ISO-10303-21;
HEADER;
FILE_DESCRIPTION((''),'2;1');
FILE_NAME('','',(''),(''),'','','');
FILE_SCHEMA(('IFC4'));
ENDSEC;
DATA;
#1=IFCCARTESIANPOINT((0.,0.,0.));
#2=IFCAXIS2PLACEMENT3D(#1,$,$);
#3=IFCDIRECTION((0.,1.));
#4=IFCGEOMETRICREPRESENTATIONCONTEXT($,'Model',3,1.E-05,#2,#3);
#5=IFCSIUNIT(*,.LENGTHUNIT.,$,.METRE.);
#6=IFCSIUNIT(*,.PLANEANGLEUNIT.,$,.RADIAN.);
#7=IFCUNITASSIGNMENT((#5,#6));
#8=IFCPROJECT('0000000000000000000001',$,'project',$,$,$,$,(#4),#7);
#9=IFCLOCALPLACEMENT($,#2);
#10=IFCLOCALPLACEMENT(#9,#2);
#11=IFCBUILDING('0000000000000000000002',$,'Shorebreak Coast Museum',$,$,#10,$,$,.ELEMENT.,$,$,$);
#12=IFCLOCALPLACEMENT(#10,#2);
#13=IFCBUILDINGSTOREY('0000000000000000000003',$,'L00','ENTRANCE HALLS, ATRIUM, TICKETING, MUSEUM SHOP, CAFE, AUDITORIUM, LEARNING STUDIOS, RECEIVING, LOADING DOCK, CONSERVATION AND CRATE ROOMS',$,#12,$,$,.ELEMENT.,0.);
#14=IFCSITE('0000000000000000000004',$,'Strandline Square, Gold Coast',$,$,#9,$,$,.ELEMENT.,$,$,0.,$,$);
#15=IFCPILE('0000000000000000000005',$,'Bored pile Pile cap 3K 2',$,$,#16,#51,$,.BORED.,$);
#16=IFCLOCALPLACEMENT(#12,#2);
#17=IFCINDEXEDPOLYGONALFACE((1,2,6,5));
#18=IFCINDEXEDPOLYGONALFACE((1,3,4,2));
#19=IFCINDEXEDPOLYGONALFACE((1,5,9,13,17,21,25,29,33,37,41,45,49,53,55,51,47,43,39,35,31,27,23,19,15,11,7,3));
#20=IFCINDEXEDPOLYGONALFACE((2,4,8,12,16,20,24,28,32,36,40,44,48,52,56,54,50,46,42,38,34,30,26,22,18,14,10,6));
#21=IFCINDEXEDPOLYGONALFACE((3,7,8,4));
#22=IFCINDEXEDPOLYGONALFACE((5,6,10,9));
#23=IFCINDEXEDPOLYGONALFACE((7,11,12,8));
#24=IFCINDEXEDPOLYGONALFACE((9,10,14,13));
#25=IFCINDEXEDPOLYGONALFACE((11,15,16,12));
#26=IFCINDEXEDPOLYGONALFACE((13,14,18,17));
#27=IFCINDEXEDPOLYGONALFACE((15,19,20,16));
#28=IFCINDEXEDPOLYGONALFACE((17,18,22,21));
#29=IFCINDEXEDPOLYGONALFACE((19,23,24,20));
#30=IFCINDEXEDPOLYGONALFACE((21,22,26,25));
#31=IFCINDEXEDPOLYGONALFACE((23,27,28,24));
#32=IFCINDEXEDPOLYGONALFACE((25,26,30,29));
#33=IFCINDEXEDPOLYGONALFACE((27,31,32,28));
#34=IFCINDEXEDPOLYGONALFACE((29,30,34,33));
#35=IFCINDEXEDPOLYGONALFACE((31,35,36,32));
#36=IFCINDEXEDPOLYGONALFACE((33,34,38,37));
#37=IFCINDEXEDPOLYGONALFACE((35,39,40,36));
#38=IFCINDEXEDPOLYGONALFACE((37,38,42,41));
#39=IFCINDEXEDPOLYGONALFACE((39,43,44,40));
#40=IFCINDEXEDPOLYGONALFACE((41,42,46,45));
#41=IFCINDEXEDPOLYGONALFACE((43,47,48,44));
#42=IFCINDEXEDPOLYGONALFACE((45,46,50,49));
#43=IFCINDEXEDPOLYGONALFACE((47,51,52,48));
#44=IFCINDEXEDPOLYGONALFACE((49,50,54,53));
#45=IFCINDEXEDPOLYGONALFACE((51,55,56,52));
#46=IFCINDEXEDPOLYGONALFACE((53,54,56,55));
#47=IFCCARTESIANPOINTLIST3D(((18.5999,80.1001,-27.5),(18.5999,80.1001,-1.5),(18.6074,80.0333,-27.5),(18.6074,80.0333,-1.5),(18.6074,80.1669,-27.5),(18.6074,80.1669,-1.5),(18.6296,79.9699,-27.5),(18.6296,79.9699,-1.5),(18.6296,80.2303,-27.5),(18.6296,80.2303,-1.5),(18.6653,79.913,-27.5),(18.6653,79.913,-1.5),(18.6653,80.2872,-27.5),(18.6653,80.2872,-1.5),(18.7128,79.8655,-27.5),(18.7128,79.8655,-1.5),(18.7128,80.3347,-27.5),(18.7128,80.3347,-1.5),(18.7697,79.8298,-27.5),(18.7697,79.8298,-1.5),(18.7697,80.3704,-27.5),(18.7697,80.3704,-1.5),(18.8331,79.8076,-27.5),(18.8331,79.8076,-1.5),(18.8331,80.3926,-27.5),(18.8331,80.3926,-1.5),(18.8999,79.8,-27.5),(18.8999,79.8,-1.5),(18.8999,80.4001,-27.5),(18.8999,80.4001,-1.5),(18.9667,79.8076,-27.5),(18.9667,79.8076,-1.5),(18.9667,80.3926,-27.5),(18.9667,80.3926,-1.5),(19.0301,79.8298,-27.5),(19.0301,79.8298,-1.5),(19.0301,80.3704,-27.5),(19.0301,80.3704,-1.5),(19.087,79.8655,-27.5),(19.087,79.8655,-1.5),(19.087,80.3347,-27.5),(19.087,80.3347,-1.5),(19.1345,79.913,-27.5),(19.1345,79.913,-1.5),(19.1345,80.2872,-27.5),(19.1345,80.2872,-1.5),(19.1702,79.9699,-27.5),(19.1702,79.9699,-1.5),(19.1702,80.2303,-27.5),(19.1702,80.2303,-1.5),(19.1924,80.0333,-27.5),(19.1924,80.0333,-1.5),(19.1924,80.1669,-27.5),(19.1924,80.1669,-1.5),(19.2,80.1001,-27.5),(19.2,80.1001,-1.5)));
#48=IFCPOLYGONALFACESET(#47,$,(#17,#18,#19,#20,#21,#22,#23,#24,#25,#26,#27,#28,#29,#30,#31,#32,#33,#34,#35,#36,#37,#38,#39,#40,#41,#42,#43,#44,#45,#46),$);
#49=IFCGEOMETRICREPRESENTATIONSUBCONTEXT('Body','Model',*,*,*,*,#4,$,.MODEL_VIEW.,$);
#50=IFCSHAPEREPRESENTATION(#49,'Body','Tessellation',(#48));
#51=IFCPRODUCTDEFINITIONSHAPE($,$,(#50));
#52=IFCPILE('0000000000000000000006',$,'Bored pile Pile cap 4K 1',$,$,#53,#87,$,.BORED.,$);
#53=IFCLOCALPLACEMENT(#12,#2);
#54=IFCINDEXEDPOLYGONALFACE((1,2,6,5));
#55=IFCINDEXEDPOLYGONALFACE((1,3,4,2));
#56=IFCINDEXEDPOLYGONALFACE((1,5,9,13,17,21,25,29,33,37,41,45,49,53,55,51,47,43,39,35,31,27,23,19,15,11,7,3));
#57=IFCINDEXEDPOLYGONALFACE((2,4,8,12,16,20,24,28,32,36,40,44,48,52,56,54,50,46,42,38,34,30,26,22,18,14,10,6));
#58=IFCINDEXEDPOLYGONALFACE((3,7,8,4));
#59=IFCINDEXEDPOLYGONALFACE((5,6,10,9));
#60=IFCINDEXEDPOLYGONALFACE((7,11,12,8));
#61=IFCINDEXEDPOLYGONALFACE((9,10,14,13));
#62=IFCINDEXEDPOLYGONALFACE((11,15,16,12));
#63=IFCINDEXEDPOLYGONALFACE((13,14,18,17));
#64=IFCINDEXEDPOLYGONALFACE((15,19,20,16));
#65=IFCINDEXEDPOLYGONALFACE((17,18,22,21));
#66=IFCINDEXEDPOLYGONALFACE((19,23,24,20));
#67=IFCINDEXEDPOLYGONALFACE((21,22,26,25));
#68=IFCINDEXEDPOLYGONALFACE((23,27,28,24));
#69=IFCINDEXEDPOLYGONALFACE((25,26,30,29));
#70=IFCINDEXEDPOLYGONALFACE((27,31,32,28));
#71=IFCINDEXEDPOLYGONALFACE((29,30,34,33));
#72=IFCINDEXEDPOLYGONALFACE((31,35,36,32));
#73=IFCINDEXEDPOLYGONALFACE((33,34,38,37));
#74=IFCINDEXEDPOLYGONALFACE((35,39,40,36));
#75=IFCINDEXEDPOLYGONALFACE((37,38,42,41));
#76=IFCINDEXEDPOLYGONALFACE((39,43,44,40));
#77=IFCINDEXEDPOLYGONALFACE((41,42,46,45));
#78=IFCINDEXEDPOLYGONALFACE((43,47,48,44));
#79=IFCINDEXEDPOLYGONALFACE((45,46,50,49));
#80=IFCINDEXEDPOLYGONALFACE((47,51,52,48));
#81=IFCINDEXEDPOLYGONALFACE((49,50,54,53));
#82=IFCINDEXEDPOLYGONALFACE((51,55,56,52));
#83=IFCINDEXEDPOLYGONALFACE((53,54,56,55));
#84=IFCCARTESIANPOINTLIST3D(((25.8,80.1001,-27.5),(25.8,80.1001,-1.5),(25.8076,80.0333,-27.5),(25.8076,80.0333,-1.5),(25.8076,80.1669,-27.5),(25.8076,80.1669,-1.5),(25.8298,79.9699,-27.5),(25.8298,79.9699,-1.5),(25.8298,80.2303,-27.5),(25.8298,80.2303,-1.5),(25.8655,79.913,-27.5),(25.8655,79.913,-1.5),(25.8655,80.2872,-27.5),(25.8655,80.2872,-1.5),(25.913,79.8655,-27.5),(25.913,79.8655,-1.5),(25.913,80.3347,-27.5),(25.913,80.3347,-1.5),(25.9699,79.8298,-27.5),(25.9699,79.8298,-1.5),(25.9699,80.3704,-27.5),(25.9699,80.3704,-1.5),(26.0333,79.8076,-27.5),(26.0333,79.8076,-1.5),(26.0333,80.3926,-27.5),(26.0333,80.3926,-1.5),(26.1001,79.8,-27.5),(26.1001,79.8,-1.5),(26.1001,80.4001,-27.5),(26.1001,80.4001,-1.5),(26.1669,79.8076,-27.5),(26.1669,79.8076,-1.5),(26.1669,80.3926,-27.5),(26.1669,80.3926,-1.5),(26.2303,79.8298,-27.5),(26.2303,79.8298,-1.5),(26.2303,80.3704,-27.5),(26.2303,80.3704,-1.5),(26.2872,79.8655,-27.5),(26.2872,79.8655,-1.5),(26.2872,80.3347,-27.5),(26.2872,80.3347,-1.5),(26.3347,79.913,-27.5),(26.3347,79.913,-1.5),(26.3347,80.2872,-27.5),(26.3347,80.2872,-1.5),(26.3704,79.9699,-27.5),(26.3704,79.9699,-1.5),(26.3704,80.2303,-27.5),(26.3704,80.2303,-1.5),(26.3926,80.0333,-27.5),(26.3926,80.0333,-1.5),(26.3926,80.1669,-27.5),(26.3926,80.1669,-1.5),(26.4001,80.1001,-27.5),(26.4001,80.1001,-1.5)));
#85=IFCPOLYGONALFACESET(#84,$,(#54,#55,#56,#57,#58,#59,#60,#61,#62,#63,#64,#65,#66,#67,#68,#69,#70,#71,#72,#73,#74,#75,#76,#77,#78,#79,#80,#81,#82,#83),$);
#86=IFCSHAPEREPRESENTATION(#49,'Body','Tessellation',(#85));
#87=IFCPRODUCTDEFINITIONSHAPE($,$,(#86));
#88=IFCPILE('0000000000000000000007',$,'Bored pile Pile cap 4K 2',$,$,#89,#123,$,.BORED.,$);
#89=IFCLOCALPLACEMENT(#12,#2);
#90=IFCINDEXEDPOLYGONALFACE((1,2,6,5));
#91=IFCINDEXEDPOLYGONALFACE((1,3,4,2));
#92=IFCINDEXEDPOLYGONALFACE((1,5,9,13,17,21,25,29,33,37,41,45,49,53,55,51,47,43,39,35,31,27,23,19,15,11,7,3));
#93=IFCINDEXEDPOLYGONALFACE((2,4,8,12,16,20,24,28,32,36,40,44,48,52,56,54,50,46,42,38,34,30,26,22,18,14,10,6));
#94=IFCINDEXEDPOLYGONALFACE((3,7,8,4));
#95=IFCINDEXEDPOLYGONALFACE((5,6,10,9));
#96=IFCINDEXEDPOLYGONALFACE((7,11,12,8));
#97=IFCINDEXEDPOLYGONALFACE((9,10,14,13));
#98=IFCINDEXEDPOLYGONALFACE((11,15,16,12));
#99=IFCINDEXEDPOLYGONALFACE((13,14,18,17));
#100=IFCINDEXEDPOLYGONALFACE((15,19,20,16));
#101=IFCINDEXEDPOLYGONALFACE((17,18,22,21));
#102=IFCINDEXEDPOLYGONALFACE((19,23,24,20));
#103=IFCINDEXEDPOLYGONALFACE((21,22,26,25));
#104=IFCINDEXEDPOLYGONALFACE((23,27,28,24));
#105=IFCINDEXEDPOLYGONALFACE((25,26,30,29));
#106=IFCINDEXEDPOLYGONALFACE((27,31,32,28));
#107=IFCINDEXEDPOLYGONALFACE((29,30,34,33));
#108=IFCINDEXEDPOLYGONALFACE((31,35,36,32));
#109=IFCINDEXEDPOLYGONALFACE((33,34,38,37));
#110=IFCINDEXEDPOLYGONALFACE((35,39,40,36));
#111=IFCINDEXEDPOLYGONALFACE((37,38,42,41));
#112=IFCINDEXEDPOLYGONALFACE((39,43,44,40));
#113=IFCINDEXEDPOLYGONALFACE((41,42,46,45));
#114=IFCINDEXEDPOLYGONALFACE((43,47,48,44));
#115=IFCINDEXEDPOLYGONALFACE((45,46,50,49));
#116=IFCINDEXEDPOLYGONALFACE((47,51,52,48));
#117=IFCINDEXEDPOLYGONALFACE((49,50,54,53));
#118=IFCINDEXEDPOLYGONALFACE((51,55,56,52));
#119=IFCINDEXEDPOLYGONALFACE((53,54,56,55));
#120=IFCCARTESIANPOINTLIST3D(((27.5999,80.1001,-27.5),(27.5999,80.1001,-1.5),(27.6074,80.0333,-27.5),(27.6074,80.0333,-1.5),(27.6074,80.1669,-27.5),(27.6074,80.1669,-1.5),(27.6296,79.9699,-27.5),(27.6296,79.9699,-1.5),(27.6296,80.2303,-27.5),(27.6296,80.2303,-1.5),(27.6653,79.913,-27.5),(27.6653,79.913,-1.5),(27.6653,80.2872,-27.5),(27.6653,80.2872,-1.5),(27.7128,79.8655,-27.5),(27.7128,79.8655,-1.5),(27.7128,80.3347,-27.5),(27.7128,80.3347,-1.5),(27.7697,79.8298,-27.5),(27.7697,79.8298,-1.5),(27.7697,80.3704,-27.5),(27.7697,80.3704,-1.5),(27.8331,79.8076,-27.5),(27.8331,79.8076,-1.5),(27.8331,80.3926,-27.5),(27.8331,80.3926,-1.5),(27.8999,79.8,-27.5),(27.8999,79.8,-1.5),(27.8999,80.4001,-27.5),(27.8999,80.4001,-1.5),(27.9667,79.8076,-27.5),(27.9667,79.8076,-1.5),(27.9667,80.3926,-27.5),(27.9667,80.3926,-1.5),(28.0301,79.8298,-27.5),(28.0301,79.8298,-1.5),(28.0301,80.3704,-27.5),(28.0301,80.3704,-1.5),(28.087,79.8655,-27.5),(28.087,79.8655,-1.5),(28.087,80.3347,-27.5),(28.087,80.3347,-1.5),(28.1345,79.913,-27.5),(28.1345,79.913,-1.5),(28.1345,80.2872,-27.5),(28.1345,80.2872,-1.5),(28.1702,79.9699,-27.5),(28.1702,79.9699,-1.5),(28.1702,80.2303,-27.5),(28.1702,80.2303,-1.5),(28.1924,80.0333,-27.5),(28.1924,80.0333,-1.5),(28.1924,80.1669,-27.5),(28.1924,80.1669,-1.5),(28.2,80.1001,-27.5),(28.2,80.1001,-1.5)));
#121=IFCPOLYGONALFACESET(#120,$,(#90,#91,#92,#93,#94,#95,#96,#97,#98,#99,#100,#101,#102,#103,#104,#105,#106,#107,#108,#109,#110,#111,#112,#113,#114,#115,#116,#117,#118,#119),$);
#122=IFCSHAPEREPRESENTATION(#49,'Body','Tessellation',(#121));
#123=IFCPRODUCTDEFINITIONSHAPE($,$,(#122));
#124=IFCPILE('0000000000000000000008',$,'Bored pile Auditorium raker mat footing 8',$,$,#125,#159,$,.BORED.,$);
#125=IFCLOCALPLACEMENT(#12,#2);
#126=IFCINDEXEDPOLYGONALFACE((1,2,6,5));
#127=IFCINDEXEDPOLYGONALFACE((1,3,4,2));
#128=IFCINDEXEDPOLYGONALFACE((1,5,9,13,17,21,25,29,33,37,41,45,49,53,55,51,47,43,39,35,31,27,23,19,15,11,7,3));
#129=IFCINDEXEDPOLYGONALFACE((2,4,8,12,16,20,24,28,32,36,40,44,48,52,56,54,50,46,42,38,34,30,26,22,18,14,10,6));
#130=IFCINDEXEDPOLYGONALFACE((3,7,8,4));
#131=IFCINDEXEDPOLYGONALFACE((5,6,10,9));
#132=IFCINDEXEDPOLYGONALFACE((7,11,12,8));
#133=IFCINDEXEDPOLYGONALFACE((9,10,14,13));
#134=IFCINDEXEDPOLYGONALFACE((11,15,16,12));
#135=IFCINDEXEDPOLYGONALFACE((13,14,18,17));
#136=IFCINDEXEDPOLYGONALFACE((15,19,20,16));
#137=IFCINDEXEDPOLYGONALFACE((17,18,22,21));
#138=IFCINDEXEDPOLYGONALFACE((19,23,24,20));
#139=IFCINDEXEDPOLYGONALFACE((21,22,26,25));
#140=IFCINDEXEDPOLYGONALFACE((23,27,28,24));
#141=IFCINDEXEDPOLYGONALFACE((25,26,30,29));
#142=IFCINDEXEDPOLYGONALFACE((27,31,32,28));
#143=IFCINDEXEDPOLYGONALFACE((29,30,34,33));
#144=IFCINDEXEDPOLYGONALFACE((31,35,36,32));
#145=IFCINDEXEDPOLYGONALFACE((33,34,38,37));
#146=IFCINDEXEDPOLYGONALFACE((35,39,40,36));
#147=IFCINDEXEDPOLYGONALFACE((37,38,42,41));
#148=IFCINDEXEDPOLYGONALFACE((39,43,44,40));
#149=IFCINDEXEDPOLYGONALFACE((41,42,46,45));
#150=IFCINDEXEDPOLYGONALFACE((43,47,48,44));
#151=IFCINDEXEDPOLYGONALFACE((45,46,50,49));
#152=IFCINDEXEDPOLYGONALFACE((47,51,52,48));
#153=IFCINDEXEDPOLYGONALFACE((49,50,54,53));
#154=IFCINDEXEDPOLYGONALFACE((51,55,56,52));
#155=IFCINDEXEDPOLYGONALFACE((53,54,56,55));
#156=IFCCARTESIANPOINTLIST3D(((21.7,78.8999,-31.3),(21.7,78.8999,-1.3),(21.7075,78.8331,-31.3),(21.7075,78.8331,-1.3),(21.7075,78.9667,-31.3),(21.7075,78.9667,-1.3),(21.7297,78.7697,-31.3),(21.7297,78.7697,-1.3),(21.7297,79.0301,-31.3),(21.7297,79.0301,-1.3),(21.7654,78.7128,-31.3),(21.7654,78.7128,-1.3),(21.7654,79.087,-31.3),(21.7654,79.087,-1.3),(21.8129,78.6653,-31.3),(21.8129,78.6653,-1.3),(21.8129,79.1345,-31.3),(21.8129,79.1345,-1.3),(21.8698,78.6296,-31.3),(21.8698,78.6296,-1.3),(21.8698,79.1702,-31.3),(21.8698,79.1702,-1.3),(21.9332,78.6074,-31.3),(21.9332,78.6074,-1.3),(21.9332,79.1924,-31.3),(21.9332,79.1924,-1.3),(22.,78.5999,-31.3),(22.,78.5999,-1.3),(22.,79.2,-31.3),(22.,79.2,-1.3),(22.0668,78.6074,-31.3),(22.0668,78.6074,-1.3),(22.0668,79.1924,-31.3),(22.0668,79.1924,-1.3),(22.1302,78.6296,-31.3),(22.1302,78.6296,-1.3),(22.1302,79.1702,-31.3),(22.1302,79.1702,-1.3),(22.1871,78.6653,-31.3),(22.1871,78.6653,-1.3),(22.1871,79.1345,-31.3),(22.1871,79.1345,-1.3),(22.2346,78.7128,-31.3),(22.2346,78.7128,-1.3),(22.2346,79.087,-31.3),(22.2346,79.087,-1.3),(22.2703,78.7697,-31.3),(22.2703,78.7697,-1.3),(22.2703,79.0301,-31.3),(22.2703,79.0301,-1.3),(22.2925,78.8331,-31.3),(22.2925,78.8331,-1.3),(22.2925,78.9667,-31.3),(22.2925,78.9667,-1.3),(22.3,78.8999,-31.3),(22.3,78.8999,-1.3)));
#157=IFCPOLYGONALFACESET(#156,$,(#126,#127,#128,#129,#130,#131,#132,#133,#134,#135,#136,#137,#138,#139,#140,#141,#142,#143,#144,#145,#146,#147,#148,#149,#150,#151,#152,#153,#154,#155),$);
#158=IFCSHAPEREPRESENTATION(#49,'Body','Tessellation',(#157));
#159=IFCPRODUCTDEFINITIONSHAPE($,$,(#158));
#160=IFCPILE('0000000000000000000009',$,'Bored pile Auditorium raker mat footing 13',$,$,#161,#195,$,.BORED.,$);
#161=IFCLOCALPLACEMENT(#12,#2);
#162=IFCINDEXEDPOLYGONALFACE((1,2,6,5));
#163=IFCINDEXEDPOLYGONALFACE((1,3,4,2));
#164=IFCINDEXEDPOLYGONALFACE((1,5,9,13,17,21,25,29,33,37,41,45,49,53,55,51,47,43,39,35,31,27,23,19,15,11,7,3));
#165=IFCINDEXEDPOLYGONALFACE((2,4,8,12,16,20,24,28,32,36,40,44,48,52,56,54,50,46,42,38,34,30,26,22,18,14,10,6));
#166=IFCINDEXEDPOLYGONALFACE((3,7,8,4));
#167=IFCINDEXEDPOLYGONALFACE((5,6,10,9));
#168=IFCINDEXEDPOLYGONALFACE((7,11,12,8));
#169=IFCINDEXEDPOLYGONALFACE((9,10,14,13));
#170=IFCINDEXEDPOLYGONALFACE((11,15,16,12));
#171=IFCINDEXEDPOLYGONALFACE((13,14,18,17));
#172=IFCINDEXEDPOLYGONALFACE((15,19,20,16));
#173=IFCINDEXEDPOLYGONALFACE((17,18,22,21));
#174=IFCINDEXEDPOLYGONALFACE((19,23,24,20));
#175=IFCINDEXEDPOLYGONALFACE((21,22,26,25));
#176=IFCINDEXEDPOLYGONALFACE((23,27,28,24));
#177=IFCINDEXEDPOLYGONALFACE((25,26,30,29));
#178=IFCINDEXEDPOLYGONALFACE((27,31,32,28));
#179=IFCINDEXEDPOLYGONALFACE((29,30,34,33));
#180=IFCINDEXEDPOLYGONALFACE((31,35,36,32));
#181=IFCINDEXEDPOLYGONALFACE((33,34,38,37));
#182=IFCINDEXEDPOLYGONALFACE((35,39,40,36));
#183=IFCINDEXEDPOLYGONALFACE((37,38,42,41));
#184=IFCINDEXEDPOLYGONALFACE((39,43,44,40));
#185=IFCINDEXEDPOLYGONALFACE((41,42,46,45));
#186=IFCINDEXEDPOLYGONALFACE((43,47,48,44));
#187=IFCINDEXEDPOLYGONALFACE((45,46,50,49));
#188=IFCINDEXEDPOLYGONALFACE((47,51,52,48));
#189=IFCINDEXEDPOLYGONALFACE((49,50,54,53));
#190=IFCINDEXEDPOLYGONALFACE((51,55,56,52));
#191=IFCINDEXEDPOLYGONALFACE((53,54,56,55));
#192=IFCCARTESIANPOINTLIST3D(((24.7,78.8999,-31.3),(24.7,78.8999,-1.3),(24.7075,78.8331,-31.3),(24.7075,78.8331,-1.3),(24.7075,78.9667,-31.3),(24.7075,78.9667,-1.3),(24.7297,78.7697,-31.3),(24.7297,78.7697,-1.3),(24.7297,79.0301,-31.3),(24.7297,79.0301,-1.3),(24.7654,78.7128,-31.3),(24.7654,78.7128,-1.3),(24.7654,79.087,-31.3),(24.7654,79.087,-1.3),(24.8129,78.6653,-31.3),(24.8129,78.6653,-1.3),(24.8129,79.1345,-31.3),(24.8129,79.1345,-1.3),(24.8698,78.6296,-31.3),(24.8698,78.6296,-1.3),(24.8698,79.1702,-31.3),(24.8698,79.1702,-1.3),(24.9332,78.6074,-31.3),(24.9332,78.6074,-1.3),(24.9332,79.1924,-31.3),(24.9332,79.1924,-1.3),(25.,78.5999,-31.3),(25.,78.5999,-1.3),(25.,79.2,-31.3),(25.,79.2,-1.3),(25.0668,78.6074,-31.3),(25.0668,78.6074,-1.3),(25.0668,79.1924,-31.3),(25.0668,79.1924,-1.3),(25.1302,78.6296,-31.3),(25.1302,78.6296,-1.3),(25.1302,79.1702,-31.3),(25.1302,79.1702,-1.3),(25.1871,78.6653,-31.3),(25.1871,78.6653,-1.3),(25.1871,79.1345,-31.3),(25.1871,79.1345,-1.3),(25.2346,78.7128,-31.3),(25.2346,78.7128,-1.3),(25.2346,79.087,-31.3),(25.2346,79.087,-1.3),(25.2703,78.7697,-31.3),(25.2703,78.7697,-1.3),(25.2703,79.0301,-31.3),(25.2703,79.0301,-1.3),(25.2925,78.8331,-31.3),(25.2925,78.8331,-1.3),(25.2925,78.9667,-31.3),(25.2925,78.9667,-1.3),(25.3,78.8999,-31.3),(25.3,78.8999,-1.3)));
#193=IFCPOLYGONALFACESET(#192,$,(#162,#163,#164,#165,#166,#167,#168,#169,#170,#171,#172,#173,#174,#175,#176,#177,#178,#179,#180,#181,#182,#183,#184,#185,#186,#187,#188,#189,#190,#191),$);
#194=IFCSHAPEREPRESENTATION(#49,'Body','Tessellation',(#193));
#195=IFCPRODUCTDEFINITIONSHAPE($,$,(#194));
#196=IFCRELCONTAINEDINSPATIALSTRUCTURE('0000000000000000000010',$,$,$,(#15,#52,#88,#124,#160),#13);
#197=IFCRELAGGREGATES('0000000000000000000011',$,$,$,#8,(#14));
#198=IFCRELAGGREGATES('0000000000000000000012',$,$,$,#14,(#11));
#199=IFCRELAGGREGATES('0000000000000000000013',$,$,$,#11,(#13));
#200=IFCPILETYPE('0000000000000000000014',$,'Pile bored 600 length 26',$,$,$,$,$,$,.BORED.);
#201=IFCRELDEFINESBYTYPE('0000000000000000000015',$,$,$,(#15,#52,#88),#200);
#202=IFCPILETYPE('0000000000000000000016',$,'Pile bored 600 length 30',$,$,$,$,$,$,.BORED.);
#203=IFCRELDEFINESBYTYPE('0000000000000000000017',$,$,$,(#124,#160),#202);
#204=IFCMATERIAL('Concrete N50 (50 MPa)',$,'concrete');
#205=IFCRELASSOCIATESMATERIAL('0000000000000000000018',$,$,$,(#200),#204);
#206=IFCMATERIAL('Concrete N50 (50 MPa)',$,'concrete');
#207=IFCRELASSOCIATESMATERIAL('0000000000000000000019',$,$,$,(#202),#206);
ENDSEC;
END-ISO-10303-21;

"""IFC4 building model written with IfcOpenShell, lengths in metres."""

from ifc_helpers import new_model, si_unit, direction, frame, origin, origin_2d, place, context, subcontext, project, spatial, circle, extrude, material, material_profile, profile_set, type_object, element, save


model = new_model("IFC4")

# Units and contexts
model_context = context("Model", 3, precision=1e-05, world=origin(), true_north=direction((0.0, 1.0)))
body_context = subcontext(model_context, "Body", "Model", "MODEL_VIEW")
ifc_project = project(units=[si_unit("LENGTHUNIT", "METRE"), si_unit("PLANEANGLEUNIT", "RADIAN")], contexts=[model_context])

# Site, building, storey
site_placement = place(None, origin())
site = spatial("IfcSite", under=ifc_project, at=site_placement, Name="Strandline Square, Gold Coast", CompositionType="ELEMENT", RefElevation=0.0)
building_placement = place(site_placement, origin())
building = spatial("IfcBuilding", under=site, at=building_placement, Name="Shorebreak Coast Museum", CompositionType="ELEMENT")
storey_placement = place(building_placement, origin())
storey = spatial("IfcBuildingStorey", under=building, at=storey_placement, Name="L00", Description="ENTRANCE HALLS, ATRIUM, TICKETING, MUSEUM SHOP, CAFE, AUDITORIUM, LEARNING STUDIOS, RECEIVING, LOADING DOCK, CONSERVATION AND CRATE ROOMS", CompositionType="ELEMENT", Elevation=0.0)

# Piles
ifc_material_1 = material(Name="Concrete N50 (50 MPa)", Category="concrete")
ifc_material_profile_1 = material_profile(ifc_material_1, circle(Radius=0.3, at=origin_2d()), Name="Pile bored 600 length 26")
ifc_profile_set_1 = profile_set([ifc_material_profile_1], Name="Concrete N50 (50 MPa)")
pile_type_1 = type_object("IfcPileType", Name="Pile bored 600 length 26", PredefinedType="BORED", material=ifc_profile_set_1)
for number, where, z_axis, x_axis, name in (
    (1, (18.8999, 80.1001, -1.5), (0.0, 0.0, -1.0), (1.0, 0.0, 0.0), "Bored pile Pile cap 3K 2"),
    (2, (26.1001, 80.1001, -1.5), (0.0, 0.0, -1.0), (1.0, 0.0, 0.0), "Bored pile Pile cap 4K 1"),
    (3, (27.8999, 80.1001, -1.5), (0.0, 0.0, -1.0), (1.0, 0.0, 0.0), "Bored pile Pile cap 4K 2"),
):
    element("IfcPile", number, at=place(storey_placement, frame(where, z_axis=z_axis, x_axis=x_axis)), inside=storey, type_object=pile_type_1, Name=name, PredefinedType="BORED", context=body_context, shape_type="SweptSolid", body=[
        extrude(circle(Radius=0.3, at=origin_2d()), origin(), (0.0, 0.0, 1.0), 26.0),
    ])
ifc_material_2 = material(Name="Concrete N50 (50 MPa)", Category="concrete")
ifc_material_profile_2 = material_profile(ifc_material_2, circle(Radius=0.3, at=origin_2d()), Name="Pile bored 600 length 30")
ifc_profile_set_2 = profile_set([ifc_material_profile_2], Name="Concrete N50 (50 MPa)")
pile_type_2 = type_object("IfcPileType", Name="Pile bored 600 length 30", PredefinedType="BORED", material=ifc_profile_set_2)
for number, where, z_axis, x_axis, name in (
    (4, (22.0, 78.8999, -1.3), (0.0, 0.0, -1.0), (1.0, 0.0, 0.0), "Bored pile Auditorium raker mat footing 8"),
    (5, (25.0, 78.8999, -1.3), (0.0, 0.0, -1.0), (1.0, 0.0, 0.0), "Bored pile Auditorium raker mat footing 13"),
):
    element("IfcPile", number, at=place(storey_placement, frame(where, z_axis=z_axis, x_axis=x_axis)), inside=storey, type_object=pile_type_2, Name=name, PredefinedType="BORED", context=body_context, shape_type="SweptSolid", body=[
        extrude(circle(Radius=0.3, at=origin_2d()), origin(), (0.0, 0.0, 1.0), 30.0),
    ])

save(model, "model.ifc")
